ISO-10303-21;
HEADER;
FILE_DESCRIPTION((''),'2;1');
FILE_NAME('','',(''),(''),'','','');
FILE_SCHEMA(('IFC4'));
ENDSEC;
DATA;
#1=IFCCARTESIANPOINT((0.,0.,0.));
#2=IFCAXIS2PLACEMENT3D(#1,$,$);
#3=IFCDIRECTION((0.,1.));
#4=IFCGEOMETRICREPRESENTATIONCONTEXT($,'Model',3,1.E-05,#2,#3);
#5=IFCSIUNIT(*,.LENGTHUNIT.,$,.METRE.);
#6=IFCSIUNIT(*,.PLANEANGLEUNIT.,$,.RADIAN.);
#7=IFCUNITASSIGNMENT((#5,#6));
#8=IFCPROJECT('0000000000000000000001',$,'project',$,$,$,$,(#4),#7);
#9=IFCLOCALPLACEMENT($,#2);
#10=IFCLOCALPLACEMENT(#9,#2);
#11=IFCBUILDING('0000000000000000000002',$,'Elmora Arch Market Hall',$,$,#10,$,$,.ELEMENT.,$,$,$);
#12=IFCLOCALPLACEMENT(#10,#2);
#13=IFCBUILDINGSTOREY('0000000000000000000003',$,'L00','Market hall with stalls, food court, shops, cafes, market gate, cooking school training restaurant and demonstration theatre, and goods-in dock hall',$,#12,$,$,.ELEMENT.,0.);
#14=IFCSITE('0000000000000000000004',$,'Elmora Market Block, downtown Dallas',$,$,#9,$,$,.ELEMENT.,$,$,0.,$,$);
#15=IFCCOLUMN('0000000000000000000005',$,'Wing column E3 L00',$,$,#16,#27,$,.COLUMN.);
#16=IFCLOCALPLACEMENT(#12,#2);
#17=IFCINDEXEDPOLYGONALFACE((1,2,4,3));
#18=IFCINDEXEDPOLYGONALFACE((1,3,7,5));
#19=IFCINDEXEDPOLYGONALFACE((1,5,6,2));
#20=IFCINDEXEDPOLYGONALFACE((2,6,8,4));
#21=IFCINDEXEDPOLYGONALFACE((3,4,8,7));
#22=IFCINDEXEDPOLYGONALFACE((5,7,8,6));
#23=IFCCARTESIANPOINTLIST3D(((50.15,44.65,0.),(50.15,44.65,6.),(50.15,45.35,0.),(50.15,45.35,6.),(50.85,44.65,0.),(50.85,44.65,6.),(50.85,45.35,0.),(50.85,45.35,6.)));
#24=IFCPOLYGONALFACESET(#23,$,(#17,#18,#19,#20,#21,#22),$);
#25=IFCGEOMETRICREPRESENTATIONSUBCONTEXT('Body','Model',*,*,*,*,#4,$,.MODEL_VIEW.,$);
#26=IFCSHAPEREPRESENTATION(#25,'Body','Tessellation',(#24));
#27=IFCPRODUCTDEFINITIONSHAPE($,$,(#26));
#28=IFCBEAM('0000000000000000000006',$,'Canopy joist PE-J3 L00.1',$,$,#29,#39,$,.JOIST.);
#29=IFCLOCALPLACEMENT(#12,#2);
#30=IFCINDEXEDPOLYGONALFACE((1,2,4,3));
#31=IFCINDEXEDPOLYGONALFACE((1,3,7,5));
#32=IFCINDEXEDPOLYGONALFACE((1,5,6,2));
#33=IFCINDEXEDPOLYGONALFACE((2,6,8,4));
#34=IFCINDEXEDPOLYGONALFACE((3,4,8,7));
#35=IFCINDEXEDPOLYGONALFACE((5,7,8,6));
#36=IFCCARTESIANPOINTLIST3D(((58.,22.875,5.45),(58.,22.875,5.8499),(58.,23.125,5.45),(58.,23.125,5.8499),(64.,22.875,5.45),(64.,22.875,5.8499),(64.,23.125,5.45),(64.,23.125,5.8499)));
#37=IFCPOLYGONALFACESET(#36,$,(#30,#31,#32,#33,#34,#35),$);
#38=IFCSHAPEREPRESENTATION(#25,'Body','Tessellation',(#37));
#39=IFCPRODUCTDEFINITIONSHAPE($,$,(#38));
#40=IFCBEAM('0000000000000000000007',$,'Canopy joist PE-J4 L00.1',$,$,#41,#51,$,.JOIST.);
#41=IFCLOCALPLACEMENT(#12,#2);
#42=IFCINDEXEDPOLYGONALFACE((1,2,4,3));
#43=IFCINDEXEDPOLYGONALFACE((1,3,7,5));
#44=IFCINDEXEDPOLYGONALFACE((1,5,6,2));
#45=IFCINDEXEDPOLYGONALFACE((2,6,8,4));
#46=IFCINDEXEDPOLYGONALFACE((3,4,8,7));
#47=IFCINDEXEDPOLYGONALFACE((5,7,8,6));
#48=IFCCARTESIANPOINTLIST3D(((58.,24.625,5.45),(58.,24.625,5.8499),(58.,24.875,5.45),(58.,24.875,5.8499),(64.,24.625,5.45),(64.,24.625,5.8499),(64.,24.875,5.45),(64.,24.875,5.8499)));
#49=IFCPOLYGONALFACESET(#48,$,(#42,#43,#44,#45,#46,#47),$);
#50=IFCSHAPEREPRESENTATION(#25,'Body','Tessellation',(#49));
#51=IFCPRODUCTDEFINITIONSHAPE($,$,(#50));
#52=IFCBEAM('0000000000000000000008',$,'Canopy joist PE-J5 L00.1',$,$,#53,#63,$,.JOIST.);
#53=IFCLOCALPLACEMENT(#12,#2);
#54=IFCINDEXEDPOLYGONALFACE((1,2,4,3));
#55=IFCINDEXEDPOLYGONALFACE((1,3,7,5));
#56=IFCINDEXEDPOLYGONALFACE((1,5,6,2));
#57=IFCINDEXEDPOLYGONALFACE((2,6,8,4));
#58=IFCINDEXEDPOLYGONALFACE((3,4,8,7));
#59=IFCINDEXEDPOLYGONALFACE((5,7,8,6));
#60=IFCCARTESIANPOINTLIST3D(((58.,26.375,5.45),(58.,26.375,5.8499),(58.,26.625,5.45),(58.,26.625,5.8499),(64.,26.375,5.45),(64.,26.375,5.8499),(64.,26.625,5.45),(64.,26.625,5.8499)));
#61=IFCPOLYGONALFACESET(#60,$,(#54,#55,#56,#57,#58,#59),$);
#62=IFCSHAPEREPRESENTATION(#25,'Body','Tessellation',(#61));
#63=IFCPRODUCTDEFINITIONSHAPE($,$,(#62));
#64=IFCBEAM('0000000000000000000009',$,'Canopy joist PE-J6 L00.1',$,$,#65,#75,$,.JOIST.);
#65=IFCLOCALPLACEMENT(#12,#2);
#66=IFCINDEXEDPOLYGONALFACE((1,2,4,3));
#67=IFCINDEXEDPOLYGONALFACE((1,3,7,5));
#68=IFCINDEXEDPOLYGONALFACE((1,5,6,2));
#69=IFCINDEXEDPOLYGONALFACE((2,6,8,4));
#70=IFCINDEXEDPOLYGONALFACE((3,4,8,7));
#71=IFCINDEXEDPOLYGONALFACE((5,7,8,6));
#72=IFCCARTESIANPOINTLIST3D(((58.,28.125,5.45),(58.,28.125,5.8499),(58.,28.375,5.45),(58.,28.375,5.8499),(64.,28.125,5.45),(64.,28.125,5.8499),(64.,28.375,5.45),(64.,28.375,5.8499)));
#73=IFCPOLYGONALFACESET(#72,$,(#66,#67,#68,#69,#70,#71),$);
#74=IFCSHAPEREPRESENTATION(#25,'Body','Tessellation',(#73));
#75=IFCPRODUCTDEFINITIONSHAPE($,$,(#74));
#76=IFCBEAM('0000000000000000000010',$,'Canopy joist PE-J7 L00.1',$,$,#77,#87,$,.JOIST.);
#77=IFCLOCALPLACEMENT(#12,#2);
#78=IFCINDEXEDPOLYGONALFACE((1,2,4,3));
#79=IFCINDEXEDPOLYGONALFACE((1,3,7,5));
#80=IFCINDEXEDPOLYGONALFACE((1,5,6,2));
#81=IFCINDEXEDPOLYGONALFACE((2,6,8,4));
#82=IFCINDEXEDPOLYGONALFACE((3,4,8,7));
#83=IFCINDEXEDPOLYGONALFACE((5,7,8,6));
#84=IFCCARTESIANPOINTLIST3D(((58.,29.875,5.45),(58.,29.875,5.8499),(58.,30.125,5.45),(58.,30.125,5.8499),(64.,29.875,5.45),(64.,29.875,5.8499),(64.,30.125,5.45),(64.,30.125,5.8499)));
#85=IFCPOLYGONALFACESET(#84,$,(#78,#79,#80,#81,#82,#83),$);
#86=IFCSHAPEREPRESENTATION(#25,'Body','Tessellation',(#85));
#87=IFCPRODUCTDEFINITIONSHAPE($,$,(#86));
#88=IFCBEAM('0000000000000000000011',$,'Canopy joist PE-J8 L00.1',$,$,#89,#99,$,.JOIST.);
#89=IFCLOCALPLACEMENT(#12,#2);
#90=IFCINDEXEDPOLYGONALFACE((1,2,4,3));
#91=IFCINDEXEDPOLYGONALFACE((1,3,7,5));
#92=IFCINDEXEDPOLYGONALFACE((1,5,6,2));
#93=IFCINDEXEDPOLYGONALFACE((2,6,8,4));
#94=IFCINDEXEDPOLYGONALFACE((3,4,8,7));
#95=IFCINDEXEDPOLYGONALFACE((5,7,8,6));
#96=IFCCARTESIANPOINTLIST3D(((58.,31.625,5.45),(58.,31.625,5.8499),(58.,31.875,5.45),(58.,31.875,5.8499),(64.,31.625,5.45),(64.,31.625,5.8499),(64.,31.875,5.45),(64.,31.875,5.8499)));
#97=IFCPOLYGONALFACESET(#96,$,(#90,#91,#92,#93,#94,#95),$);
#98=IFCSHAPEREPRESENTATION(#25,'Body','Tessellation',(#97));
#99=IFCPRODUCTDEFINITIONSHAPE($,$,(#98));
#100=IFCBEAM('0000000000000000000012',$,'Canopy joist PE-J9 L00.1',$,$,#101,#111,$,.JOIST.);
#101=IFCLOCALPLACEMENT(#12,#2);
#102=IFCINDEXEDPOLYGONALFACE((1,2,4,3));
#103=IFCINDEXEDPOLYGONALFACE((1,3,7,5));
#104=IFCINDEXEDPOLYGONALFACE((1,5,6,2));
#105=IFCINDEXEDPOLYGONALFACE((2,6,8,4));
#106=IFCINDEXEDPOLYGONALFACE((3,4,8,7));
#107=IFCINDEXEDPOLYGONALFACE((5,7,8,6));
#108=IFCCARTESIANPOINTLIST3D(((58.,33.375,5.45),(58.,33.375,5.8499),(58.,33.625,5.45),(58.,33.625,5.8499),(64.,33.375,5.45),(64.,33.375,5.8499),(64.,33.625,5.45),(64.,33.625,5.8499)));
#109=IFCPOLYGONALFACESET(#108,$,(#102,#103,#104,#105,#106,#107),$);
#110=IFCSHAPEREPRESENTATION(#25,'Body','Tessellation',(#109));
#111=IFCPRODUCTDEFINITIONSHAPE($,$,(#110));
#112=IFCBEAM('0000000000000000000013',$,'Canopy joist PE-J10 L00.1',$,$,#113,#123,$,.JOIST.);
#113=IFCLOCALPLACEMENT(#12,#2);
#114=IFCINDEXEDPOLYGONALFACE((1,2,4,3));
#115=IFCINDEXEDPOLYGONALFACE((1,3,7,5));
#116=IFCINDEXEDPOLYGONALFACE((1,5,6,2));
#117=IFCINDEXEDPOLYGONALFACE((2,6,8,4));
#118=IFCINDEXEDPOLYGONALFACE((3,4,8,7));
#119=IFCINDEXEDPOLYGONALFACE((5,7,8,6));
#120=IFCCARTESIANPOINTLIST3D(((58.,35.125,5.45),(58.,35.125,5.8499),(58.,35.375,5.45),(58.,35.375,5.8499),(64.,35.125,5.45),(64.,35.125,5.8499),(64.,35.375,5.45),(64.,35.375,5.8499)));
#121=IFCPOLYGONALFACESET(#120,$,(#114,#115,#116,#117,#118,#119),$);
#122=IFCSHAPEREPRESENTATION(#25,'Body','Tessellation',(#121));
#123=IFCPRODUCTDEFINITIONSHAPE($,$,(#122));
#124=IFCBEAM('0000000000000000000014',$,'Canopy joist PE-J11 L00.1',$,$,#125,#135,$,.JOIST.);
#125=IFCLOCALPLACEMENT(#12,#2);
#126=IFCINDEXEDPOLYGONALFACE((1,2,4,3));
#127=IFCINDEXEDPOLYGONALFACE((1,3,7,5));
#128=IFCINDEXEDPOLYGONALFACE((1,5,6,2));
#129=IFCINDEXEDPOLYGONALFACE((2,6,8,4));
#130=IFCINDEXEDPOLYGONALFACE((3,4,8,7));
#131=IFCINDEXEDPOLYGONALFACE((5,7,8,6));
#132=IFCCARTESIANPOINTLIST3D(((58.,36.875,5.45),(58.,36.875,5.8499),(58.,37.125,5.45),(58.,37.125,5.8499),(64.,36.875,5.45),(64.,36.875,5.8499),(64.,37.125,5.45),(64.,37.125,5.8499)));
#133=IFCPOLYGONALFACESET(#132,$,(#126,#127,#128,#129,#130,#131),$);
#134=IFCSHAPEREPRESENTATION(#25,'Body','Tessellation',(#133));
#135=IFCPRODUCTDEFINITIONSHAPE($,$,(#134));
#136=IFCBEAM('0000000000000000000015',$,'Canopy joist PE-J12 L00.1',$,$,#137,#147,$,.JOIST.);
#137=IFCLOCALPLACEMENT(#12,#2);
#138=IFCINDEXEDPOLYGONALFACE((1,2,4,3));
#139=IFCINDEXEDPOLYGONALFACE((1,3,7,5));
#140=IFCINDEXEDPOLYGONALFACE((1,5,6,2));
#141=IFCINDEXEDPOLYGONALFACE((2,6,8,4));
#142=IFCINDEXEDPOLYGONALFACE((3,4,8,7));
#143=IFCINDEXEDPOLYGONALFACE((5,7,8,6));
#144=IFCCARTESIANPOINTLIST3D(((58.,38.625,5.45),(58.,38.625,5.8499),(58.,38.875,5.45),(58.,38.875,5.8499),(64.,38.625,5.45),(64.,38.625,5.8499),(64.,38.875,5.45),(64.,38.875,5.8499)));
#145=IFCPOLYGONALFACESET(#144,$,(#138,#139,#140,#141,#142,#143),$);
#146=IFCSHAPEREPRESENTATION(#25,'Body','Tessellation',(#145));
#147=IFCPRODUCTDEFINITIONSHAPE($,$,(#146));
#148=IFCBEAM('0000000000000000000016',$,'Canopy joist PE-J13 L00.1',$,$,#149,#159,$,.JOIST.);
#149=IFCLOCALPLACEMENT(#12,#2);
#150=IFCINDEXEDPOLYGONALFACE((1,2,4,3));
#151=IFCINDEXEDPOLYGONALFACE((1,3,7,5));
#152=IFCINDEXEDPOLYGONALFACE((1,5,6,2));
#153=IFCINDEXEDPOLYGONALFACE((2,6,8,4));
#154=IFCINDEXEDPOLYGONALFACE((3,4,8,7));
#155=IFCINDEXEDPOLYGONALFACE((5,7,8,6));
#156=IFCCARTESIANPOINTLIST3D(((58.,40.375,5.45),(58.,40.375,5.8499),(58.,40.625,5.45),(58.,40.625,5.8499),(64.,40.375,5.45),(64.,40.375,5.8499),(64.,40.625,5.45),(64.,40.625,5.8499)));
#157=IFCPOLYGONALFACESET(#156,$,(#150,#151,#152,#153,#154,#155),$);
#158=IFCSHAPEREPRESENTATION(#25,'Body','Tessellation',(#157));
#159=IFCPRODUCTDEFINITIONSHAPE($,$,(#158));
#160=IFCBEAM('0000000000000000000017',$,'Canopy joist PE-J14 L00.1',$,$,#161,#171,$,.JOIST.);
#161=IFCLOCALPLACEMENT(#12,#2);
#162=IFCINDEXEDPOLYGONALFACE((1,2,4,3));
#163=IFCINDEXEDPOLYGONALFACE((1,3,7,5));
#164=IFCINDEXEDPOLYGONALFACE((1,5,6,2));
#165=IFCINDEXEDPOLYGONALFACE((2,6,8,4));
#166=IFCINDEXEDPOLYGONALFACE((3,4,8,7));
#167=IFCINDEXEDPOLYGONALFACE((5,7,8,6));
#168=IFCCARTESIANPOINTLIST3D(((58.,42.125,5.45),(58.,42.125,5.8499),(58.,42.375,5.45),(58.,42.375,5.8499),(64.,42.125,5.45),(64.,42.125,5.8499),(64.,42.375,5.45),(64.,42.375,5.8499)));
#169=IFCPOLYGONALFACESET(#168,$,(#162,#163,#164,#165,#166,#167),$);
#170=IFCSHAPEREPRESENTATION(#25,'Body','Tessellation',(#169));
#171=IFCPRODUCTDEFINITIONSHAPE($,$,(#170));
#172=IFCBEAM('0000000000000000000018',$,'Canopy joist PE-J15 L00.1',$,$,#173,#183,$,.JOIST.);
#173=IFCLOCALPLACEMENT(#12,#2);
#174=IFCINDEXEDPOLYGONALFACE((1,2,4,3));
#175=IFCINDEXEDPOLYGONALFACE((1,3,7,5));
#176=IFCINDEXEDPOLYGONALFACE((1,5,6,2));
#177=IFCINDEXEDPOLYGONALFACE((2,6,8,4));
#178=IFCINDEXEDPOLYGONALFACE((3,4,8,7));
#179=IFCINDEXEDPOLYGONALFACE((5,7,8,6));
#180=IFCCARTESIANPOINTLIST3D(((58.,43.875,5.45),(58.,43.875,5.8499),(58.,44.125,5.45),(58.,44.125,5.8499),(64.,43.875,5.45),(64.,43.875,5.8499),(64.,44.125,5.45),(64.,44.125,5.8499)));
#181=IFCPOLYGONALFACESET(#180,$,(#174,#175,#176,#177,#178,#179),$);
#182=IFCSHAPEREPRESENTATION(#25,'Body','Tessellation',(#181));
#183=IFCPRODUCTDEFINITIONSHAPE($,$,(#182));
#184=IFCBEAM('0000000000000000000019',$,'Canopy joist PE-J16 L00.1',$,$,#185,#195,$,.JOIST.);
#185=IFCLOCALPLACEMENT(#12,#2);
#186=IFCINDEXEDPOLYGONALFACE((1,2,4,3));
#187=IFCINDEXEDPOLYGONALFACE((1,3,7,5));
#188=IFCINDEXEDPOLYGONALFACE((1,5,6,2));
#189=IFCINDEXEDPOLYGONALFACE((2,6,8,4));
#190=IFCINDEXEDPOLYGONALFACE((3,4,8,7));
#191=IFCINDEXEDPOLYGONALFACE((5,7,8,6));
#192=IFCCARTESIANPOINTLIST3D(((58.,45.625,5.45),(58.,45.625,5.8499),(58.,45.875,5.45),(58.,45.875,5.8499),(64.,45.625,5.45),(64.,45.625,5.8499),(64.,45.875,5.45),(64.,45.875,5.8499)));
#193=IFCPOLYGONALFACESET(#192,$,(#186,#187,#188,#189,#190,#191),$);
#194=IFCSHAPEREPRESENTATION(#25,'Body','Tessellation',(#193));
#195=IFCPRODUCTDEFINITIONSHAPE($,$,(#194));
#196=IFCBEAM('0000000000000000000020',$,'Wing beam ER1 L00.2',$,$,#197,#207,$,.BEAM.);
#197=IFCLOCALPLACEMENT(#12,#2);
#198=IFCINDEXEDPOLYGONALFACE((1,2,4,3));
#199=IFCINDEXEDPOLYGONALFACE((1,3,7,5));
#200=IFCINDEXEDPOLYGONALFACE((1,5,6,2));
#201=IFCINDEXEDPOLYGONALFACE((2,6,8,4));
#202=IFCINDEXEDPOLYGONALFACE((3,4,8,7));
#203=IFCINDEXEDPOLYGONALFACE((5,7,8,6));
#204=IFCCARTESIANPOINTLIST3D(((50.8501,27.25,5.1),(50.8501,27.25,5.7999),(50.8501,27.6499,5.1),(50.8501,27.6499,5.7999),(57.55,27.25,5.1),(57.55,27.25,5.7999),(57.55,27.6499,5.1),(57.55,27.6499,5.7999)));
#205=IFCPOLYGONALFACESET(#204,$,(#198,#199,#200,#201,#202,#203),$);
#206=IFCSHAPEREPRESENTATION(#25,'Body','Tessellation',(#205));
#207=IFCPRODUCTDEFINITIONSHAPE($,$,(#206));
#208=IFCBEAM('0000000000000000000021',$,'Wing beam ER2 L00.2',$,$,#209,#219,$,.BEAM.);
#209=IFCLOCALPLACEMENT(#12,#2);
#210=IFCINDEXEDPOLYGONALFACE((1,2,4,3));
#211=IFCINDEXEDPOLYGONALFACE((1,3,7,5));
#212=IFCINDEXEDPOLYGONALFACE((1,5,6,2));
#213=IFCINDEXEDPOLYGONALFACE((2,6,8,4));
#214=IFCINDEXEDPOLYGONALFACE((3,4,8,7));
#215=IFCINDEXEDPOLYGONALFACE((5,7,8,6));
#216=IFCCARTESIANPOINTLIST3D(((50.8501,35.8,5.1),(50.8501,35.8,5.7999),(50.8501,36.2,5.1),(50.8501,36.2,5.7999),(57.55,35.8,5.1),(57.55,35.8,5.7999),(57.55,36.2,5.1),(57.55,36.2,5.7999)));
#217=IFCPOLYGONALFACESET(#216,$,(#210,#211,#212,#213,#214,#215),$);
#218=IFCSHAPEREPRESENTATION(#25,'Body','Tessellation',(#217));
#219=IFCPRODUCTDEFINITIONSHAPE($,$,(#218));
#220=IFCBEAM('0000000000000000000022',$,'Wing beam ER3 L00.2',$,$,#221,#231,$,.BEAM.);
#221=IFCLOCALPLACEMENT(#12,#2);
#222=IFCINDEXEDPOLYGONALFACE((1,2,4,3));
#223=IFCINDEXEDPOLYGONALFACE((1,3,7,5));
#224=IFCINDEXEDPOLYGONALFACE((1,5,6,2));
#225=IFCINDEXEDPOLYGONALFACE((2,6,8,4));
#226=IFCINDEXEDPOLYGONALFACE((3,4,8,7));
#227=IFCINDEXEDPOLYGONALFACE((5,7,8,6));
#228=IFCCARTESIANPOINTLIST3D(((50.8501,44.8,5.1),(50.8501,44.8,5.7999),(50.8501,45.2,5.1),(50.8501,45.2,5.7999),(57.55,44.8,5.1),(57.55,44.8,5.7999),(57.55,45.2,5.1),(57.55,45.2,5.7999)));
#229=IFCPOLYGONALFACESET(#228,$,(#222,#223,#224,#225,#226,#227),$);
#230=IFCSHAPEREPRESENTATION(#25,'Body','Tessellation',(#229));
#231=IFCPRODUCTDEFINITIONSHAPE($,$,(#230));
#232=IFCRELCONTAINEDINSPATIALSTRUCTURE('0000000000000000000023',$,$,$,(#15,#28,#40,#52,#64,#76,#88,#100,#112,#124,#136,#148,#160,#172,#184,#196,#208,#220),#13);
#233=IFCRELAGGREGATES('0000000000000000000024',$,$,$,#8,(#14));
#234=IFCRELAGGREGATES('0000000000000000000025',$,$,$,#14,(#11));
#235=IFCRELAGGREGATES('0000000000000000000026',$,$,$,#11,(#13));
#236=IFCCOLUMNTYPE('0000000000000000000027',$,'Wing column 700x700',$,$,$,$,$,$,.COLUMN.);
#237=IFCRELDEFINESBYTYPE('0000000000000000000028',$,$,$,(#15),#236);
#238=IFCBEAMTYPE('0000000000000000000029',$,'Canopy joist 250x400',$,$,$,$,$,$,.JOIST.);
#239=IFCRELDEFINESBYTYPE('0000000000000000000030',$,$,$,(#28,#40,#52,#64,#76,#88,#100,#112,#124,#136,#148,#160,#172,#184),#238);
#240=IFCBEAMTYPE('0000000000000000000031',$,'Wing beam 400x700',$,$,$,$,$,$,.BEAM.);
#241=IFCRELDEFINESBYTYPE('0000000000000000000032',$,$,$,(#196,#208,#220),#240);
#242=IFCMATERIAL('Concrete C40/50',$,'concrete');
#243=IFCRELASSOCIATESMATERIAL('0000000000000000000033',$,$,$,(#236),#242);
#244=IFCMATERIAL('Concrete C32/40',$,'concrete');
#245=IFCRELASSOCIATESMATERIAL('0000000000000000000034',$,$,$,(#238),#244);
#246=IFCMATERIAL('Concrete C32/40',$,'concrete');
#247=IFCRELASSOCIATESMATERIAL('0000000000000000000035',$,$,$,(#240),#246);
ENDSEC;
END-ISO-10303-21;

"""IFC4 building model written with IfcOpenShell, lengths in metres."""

from ifc_helpers import new_model, si_unit, direction, frame, origin, origin_2d, place, context, subcontext, project, spatial, rectangle, extrude, material, material_profile, profile_set, type_object, element, save


model = new_model("IFC4")

# Units and contexts
model_context = context("Model", 3, precision=1e-05, world=origin(), true_north=direction((0.0, 1.0)))
body_context = subcontext(model_context, "Body", "Model", "MODEL_VIEW")
ifc_project = project(units=[si_unit("LENGTHUNIT", "METRE"), si_unit("PLANEANGLEUNIT", "RADIAN")], contexts=[model_context])

# Site, building, storey
site_placement = place(None, origin())
site = spatial("IfcSite", under=ifc_project, at=site_placement, Name="Elmora Market Block, downtown Dallas", CompositionType="ELEMENT", RefElevation=0.0)
building_placement = place(site_placement, origin())
building = spatial("IfcBuilding", under=site, at=building_placement, Name="Elmora Arch Market Hall", CompositionType="ELEMENT")
storey_placement = place(building_placement, origin())
storey = spatial("IfcBuildingStorey", under=building, at=storey_placement, Name="L00", Description="Market hall with stalls, food court, shops, cafes, market gate, cooking school training restaurant and demonstration theatre, and goods-in dock hall", CompositionType="ELEMENT", Elevation=0.0)

# Column
ifc_material_1 = material(Name="Concrete C40/50", Category="concrete")
ifc_material_profile_1 = material_profile(ifc_material_1, rectangle(XDim=0.7, YDim=0.7, at=origin_2d()), Name="Wing column 700x700")
ifc_profile_set_1 = profile_set([ifc_material_profile_1], Name="Concrete C40/50")
column_type = type_object("IfcColumnType", Name="Wing column 700x700", PredefinedType="COLUMN", material=ifc_profile_set_1)
column_placement = place(storey_placement, frame((50.5, 45.0, 0.0), z_axis=(0.0, 0.0, 1.0), x_axis=(1.0, 0.0, 0.0)))
element("IfcColumn", 1, at=column_placement, inside=storey, type_object=column_type, Name="Wing column E3 L00", PredefinedType="COLUMN", context=body_context, shape_type="SweptSolid", body=[
    extrude(rectangle(XDim=0.7, YDim=0.7, at=origin_2d()), origin(), (0.0, 0.0, 1.0), 6.0),
])

# Beams
ifc_material_2 = material(Name="Concrete C32/40", Category="concrete")
ifc_material_profile_2 = material_profile(ifc_material_2, rectangle(XDim=0.25, YDim=0.3999, at=origin_2d()), Name="Canopy joist 250x400")
ifc_profile_set_2 = profile_set([ifc_material_profile_2], Name="Concrete C32/40")
beam_type_1 = type_object("IfcBeamType", Name="Canopy joist 250x400", PredefinedType="JOIST", material=ifc_profile_set_2)
for number, where, z_axis, x_axis, name in (
    (2, (58.0, 23.0, 5.6499), (1.0, 0.0, 0.0), (0.0, 1.0, 0.0), "Canopy joist PE-J3 L00.1"),
    (3, (58.0, 24.75, 5.6499), (1.0, 0.0, 0.0), (0.0, 1.0, 0.0), "Canopy joist PE-J4 L00.1"),
    (4, (58.0, 26.5, 5.6499), (1.0, 0.0, 0.0), (0.0, 1.0, 0.0), "Canopy joist PE-J5 L00.1"),
    (5, (58.0, 28.25, 5.6499), (1.0, 0.0, 0.0), (0.0, 1.0, 0.0), "Canopy joist PE-J6 L00.1"),
    (6, (58.0, 30.0, 5.6499), (1.0, 0.0, 0.0), (0.0, 1.0, 0.0), "Canopy joist PE-J7 L00.1"),
    (7, (58.0, 31.75, 5.6499), (1.0, 0.0, 0.0), (0.0, 1.0, 0.0), "Canopy joist PE-J8 L00.1"),
    (8, (58.0, 33.5, 5.6499), (1.0, 0.0, 0.0), (0.0, 1.0, 0.0), "Canopy joist PE-J9 L00.1"),
    (9, (58.0, 35.25, 5.6499), (1.0, 0.0, 0.0), (0.0, 1.0, 0.0), "Canopy joist PE-J10 L00.1"),
    (10, (58.0, 37.0, 5.6499), (1.0, 0.0, 0.0), (0.0, 1.0, 0.0), "Canopy joist PE-J11 L00.1"),
    (11, (58.0, 38.75, 5.6499), (1.0, 0.0, 0.0), (0.0, 1.0, 0.0), "Canopy joist PE-J12 L00.1"),
    (12, (58.0, 40.5, 5.6499), (1.0, 0.0, 0.0), (0.0, 1.0, 0.0), "Canopy joist PE-J13 L00.1"),
    (13, (58.0, 42.25, 5.6499), (1.0, 0.0, 0.0), (0.0, 1.0, 0.0), "Canopy joist PE-J14 L00.1"),
    (14, (58.0, 44.0, 5.6499), (1.0, 0.0, 0.0), (0.0, 1.0, 0.0), "Canopy joist PE-J15 L00.1"),
    (15, (58.0, 45.75, 5.6499), (1.0, 0.0, 0.0), (0.0, 1.0, 0.0), "Canopy joist PE-J16 L00.1"),
):
    element("IfcBeam", number, at=place(storey_placement, frame(where, z_axis=z_axis, x_axis=x_axis)), inside=storey, type_object=beam_type_1, Name=name, PredefinedType="JOIST", context=body_context, shape_type="SweptSolid", body=[
        extrude(rectangle(XDim=0.25, YDim=0.3999, at=origin_2d()), origin(), (0.0, 0.0, 1.0), 6.0),
    ])
ifc_material_3 = material(Name="Concrete C32/40", Category="concrete")
ifc_material_profile_3 = material_profile(ifc_material_3, rectangle(XDim=0.3999, YDim=0.7, at=origin_2d()), Name="Wing beam 400x700")
ifc_profile_set_3 = profile_set([ifc_material_profile_3], Name="Concrete C32/40")
beam_type_2 = type_object("IfcBeamType", Name="Wing beam 400x700", PredefinedType="BEAM", material=ifc_profile_set_3)
for number, where, z_axis, x_axis, name in (
    (16, (50.8501, 27.45, 5.45), (1.0, 0.0, 0.0), (0.0, 1.0, 0.0), "Wing beam ER1 L00.2"),
    (17, (50.8501, 36.0, 5.45), (1.0, 0.0, 0.0), (0.0, 1.0, 0.0), "Wing beam ER2 L00.2"),
    (18, (50.8501, 45.0, 5.45), (1.0, 0.0, 0.0), (0.0, 1.0, 0.0), "Wing beam ER3 L00.2"),
):
    element("IfcBeam", number, at=place(storey_placement, frame(where, z_axis=z_axis, x_axis=x_axis)), inside=storey, type_object=beam_type_2, Name=name, PredefinedType="BEAM", context=body_context, shape_type="SweptSolid", body=[
        extrude(rectangle(XDim=0.3999, YDim=0.7, at=origin_2d()), origin(), (0.0, 0.0, 1.0), 6.7),
    ])

save(model, "model.ifc")
